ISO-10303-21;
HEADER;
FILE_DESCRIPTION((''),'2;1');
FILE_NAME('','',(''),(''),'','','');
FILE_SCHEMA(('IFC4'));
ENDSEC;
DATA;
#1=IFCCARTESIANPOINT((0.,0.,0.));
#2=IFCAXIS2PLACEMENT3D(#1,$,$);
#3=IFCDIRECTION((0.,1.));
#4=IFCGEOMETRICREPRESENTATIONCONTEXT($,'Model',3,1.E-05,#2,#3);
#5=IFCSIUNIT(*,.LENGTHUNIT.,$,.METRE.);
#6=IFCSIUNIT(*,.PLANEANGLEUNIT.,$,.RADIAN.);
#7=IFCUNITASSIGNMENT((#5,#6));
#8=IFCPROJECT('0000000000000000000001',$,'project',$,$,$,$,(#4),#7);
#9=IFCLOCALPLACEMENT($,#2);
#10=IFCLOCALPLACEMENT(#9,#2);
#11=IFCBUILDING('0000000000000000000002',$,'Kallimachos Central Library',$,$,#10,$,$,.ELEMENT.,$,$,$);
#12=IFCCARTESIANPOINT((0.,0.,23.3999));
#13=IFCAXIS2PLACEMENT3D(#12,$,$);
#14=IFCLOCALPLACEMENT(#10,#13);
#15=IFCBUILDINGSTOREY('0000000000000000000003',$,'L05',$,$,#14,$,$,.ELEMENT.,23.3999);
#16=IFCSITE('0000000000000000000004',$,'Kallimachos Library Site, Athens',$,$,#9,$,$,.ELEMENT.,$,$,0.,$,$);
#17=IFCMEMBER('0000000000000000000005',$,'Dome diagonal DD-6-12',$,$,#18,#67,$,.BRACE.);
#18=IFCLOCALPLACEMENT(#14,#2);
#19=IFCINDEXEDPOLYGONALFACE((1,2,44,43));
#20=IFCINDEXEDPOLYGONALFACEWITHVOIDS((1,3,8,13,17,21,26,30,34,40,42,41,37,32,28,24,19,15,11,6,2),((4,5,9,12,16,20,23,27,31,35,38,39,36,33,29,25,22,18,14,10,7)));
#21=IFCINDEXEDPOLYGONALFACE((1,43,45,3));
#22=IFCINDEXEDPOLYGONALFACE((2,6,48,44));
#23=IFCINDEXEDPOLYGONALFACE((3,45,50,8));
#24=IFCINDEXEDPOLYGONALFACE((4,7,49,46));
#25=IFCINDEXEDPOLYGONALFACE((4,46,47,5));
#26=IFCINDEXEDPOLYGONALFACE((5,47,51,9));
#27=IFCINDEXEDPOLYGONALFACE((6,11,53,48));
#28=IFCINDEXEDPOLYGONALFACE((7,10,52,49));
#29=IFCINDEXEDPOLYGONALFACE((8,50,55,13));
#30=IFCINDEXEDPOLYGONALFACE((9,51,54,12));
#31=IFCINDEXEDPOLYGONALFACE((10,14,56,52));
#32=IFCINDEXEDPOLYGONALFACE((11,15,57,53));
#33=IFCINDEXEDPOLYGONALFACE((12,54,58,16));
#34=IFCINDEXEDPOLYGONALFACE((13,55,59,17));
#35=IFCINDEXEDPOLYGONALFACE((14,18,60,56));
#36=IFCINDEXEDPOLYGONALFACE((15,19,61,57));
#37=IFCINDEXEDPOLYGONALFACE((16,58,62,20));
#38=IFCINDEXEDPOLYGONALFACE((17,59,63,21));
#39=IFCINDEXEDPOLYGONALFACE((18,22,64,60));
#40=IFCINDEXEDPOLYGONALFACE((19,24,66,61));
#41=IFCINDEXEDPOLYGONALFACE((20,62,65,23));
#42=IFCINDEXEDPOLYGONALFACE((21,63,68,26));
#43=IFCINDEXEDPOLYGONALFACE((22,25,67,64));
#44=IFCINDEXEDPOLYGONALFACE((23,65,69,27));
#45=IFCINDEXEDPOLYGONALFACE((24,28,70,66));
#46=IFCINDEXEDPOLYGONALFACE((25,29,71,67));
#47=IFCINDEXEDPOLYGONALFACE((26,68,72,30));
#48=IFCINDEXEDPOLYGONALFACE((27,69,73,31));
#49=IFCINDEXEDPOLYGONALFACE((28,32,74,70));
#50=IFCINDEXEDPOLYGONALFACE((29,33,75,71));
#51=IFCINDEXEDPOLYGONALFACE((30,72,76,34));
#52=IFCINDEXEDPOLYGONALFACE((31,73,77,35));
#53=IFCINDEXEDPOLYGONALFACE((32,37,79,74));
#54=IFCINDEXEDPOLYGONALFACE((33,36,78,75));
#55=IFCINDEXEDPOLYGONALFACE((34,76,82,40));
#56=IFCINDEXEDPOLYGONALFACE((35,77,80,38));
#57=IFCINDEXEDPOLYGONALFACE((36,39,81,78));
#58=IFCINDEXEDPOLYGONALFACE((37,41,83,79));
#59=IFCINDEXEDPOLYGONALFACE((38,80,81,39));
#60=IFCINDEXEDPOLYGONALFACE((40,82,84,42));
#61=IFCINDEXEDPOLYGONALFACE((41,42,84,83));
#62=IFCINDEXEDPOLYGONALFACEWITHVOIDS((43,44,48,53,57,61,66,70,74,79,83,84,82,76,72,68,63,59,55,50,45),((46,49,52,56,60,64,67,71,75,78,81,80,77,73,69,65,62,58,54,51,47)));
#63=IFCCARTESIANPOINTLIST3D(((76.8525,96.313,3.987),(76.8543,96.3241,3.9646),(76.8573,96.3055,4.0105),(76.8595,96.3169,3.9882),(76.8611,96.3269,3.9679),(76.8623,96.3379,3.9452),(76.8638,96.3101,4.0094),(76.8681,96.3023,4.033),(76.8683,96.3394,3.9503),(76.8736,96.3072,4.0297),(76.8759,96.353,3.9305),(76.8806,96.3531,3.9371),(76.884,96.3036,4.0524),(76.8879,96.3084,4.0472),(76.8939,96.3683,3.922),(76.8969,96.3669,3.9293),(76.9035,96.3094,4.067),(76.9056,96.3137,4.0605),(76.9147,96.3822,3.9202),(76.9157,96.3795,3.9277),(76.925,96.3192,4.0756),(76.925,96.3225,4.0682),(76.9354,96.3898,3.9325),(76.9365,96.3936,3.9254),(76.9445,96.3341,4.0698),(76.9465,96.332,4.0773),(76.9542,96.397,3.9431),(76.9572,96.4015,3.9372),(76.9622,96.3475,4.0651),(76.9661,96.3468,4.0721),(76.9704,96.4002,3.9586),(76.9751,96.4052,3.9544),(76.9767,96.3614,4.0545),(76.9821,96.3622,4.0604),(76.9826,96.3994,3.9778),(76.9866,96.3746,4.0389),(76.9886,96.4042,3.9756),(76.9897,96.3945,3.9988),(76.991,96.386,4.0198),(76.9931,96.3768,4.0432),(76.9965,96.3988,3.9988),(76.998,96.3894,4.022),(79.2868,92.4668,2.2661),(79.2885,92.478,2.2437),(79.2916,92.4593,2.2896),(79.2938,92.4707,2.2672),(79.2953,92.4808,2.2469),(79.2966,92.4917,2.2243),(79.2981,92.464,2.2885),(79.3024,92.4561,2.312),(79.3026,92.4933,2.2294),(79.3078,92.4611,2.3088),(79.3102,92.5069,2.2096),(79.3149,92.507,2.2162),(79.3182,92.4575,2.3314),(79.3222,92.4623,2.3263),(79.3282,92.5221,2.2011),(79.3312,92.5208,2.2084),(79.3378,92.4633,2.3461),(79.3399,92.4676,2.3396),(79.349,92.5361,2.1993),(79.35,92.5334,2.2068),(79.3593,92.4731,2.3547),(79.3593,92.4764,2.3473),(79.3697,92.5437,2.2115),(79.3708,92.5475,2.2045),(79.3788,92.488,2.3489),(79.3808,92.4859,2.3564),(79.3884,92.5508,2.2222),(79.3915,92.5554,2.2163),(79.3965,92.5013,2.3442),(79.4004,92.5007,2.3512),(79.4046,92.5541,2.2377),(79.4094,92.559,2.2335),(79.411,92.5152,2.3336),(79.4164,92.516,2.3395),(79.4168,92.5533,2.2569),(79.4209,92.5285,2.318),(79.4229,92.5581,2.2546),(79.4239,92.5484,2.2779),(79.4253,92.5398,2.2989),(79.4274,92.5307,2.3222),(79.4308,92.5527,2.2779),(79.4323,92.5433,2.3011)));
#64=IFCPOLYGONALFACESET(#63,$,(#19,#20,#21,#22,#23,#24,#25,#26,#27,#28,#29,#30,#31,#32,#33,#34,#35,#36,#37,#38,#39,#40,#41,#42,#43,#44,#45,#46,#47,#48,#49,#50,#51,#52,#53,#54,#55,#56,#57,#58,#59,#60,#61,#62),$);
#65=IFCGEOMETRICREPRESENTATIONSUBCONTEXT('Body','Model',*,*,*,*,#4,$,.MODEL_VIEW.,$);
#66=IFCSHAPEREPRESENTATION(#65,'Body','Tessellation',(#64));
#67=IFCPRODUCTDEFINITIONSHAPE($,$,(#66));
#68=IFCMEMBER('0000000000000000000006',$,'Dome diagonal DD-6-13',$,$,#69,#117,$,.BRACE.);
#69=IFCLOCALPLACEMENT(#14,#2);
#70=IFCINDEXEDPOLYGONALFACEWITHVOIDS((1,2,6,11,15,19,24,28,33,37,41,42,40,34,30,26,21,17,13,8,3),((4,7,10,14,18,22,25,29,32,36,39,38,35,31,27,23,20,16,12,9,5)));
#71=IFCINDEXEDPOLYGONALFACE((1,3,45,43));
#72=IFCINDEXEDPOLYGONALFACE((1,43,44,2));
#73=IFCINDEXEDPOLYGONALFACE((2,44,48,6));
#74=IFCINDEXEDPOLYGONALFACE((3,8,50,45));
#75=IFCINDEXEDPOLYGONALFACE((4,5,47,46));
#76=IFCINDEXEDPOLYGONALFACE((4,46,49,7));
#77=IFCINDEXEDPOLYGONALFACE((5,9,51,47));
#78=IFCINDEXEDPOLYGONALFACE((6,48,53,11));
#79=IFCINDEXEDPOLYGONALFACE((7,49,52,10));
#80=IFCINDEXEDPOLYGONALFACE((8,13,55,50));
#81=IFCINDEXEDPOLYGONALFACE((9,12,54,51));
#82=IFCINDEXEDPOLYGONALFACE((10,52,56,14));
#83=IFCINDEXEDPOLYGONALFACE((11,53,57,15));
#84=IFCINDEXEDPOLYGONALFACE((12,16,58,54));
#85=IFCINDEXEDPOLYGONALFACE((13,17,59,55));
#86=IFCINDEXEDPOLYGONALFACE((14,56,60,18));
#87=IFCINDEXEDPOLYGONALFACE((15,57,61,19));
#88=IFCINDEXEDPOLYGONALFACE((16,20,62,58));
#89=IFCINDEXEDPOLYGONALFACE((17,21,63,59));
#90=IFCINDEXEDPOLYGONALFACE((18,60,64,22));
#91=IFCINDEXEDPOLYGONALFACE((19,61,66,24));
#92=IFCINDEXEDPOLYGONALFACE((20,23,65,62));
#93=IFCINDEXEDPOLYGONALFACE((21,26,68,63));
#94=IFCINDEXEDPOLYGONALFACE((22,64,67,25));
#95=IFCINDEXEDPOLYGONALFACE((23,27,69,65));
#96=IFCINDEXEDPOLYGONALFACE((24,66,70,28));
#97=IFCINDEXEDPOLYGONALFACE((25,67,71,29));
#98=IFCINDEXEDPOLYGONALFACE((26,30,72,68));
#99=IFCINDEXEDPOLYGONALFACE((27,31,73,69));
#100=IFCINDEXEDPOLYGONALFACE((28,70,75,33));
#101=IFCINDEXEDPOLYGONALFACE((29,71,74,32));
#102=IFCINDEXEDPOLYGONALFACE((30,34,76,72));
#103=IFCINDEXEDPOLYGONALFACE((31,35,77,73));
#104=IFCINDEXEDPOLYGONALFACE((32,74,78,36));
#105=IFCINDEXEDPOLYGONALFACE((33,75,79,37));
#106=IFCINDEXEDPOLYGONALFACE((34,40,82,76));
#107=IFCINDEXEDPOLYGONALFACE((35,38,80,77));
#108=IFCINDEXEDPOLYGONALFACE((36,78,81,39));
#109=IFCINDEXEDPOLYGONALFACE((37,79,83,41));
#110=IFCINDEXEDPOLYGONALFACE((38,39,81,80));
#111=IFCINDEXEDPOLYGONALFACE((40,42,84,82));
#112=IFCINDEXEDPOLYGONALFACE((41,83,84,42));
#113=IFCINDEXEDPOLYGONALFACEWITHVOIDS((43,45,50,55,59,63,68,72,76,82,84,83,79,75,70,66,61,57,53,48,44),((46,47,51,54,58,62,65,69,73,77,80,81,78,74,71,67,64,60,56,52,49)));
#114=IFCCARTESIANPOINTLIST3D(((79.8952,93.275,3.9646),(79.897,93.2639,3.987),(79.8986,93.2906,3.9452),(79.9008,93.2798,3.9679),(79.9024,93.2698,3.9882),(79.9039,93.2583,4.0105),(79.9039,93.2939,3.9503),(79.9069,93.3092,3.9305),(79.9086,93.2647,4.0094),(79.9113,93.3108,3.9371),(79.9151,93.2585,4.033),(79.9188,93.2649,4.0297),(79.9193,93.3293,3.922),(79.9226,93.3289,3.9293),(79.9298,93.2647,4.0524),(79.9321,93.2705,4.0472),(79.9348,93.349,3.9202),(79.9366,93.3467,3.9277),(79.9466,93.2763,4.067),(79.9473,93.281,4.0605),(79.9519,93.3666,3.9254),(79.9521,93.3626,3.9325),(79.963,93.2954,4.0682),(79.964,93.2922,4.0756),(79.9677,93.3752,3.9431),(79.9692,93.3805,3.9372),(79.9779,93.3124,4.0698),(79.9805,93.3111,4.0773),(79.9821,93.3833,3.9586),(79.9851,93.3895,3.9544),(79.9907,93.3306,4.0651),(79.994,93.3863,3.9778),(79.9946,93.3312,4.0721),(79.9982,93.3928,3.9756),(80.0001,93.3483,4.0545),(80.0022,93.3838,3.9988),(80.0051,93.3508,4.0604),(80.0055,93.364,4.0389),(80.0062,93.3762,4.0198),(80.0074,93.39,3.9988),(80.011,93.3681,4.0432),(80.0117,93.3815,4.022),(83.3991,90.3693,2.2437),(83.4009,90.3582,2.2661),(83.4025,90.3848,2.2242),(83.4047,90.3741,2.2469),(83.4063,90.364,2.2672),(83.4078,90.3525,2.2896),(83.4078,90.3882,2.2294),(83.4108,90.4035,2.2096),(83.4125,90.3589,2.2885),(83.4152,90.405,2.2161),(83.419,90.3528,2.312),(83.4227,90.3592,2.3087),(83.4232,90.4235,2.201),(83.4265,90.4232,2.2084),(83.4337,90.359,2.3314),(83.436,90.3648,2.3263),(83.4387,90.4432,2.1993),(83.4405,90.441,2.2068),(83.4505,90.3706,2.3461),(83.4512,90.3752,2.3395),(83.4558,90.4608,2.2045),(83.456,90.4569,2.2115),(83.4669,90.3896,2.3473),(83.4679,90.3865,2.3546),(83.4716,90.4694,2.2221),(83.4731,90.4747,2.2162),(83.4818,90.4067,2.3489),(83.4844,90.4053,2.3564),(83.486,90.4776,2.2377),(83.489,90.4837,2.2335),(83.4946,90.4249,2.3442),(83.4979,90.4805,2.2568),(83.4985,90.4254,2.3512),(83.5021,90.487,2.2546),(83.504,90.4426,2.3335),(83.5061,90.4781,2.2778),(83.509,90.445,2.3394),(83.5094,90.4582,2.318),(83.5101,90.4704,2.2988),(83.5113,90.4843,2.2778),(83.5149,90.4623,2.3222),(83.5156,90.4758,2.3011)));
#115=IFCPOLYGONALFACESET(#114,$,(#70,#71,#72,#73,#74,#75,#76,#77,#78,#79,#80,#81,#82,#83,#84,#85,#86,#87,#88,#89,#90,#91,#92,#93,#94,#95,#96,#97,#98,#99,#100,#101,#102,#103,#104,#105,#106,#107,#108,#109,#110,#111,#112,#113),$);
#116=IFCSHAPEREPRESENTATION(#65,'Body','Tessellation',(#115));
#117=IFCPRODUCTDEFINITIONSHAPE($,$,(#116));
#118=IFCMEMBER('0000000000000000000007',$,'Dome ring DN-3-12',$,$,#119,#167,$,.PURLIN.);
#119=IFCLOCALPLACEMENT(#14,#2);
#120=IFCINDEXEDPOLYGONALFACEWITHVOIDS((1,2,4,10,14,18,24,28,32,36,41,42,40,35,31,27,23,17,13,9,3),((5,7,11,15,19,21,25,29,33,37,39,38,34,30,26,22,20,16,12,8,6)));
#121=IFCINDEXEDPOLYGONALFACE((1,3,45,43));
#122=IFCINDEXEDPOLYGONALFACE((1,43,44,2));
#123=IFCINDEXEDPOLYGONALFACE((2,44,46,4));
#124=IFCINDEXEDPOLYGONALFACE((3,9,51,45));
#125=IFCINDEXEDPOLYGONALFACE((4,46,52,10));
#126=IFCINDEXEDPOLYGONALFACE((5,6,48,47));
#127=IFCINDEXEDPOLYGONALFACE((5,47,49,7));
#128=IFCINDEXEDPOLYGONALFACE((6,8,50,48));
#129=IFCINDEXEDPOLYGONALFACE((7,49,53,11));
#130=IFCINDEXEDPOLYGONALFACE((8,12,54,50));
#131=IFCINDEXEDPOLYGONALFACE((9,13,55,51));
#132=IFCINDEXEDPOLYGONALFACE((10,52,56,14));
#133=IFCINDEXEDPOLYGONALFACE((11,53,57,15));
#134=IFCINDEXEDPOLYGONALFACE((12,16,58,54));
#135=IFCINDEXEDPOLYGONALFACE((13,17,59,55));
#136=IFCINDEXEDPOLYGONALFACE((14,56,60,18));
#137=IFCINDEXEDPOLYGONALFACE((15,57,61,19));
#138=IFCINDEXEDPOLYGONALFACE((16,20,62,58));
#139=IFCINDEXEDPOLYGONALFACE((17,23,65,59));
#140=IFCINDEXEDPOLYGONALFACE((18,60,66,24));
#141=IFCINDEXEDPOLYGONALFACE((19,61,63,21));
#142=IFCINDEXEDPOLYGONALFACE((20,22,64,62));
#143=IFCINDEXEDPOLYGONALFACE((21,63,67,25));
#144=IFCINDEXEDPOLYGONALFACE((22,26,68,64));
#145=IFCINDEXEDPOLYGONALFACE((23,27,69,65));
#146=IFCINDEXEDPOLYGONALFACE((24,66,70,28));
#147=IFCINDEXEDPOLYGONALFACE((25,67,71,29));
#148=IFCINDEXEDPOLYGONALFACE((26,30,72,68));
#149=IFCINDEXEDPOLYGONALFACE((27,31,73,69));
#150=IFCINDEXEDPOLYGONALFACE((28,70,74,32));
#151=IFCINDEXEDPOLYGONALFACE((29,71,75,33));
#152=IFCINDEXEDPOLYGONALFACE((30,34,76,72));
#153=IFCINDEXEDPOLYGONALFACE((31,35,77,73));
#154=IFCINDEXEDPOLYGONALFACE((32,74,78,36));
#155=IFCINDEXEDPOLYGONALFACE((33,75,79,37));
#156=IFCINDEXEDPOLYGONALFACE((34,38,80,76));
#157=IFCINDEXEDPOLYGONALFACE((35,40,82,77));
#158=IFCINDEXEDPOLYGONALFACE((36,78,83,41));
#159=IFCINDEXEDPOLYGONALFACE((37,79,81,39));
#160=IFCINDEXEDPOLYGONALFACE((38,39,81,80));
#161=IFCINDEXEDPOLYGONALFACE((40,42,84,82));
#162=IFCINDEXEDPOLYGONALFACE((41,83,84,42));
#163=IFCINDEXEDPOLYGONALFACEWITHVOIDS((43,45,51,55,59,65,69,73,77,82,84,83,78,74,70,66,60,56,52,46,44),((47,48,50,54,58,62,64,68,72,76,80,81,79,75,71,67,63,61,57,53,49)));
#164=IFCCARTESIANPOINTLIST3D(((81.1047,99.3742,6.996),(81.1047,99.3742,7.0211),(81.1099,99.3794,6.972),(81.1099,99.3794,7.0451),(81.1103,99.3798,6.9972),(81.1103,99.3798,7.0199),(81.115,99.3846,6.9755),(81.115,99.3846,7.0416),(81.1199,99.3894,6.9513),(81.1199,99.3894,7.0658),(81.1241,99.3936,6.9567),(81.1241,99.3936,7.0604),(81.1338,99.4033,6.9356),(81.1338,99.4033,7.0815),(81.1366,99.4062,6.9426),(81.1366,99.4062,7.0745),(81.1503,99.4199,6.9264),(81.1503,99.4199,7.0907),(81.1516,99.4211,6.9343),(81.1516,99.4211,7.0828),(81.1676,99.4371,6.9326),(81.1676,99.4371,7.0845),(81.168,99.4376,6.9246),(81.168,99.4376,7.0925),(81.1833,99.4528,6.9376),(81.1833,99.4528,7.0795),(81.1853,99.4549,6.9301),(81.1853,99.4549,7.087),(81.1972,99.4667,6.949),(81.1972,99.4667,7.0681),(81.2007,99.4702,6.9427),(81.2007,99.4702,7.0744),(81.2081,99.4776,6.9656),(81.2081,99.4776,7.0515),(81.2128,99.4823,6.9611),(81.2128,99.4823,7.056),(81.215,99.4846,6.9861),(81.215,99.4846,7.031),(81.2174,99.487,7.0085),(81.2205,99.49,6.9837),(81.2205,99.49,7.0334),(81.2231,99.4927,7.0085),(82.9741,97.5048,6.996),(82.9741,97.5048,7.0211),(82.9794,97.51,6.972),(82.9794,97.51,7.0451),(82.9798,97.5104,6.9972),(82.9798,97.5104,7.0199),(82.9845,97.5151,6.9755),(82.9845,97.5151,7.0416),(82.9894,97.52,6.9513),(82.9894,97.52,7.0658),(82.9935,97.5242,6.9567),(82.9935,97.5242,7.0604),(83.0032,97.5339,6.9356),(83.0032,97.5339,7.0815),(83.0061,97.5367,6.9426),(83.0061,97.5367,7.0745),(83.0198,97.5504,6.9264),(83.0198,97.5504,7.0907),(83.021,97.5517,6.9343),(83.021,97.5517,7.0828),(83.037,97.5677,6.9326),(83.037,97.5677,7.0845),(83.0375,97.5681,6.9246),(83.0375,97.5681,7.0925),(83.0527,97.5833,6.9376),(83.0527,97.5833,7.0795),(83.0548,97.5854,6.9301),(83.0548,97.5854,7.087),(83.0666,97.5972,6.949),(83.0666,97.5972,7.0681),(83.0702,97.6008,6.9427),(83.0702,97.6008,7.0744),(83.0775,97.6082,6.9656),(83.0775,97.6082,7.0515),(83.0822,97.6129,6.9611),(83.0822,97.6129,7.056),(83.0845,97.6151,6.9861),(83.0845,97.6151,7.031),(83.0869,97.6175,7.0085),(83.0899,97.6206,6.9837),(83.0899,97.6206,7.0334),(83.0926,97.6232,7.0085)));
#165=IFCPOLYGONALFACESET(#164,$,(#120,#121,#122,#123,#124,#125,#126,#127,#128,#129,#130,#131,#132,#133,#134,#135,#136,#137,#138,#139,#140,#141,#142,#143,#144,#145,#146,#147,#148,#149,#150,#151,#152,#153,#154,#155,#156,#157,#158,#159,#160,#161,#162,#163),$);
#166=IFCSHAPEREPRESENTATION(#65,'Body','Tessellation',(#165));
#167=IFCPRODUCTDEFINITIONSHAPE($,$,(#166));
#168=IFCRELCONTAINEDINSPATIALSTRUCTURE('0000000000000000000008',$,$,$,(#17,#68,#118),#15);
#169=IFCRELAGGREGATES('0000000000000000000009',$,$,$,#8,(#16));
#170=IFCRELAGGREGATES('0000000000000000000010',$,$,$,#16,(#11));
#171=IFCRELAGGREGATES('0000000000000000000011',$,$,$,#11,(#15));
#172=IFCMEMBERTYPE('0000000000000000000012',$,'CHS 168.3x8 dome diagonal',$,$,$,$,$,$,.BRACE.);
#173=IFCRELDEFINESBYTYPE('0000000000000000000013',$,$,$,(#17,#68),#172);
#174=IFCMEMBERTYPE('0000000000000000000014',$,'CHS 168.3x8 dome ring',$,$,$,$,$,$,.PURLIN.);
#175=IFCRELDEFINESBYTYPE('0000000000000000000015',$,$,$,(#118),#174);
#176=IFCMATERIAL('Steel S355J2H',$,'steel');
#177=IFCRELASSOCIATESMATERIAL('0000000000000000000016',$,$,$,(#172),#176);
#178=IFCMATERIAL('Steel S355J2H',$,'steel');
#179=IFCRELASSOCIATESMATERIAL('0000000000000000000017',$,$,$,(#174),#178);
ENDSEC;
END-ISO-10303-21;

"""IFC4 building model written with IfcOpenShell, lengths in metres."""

from ifc_helpers import new_model, si_unit, direction, frame, origin, origin_2d, place, context, subcontext, project, spatial, hollow_circle, extrude, material, material_profile, profile_set, type_object, element, save


model = new_model("IFC4")

# Units and contexts
model_context = context("Model", 3, precision=1e-05, world=origin(), true_north=direction((0.0, 1.0)))
body_context = subcontext(model_context, "Body", "Model", "MODEL_VIEW")
ifc_project = project(units=[si_unit("LENGTHUNIT", "METRE"), si_unit("PLANEANGLEUNIT", "RADIAN")], contexts=[model_context])

# Site, building, storey
site_placement = place(None, origin())
site = spatial("IfcSite", under=ifc_project, at=site_placement, Name="Kallimachos Library Site, Athens", CompositionType="ELEMENT", RefElevation=0.0)
building_placement = place(site_placement, origin())
building = spatial("IfcBuilding", under=site, at=building_placement, Name="Kallimachos Central Library", CompositionType="ELEMENT")
storey_placement = place(building_placement, frame((0.0, 0.0, 23.3999)))
storey = spatial("IfcBuildingStorey", under=building, at=storey_placement, Name="L05", CompositionType="ELEMENT", Elevation=23.3999)

# Members
ifc_material_1 = material(Name="Steel S355J2H", Category="steel")
ifc_material_profile_1 = material_profile(ifc_material_1, hollow_circle(Radius=0.0842, WallThickness=0.0081, at=origin_2d()), Name="CHS 168.3x8")
ifc_profile_set_1 = profile_set([ifc_material_profile_1], Name="Steel S355J2H")
member_type_1 = type_object("IfcMemberType", Name="CHS 168.3x8 dome diagonal", PredefinedType="BRACE", material=ifc_profile_set_1)
member_1_placement = place(storey_placement, frame((76.9253, 96.3538, 3.9988), z_axis=(0.500243, -0.790374, -0.353647), x_axis=(0.844977, 0.534802, 0.0)))
element("IfcMember", 1, at=member_1_placement, inside=storey, type_object=member_type_1, Name="Dome diagonal DD-6-12", PredefinedType="BRACE", context=body_context, shape_type="SweptSolid", body=[
    extrude(hollow_circle(Radius=0.0842, WallThickness=0.0081, at=origin_2d()), origin(), (0.0, 0.0, 1.0), 4.8662),
])
member_2_placement = place(storey_placement, frame((79.9536, 93.3252, 3.9988), z_axis=(0.720011, -0.597099, -0.353634), x_axis=(0.638347, 0.769749, 0.0)))
element("IfcMember", 2, at=member_2_placement, inside=storey, type_object=member_type_1, Name="Dome diagonal DD-6-13", PredefinedType="BRACE", context=body_context, shape_type="SweptSolid", body=[
    extrude(hollow_circle(Radius=0.0842, WallThickness=0.0081, at=origin_2d()), origin(), (0.0, 0.0, 1.0), 4.8665),
])
ifc_material_2 = material(Name="Steel S355J2H", Category="steel")
ifc_material_profile_2 = material_profile(ifc_material_2, hollow_circle(Radius=0.0842, WallThickness=0.0081, at=origin_2d()), Name="CHS 168.3x8")
ifc_profile_set_2 = profile_set([ifc_material_profile_2], Name="Steel S355J2H")
member_type_2 = type_object("IfcMemberType", Name="CHS 168.3x8 dome ring", PredefinedType="PURLIN", material=ifc_profile_set_2)
member_3_placement = place(storey_placement, frame((81.1636, 99.4331, 7.0085), z_axis=(0.707107, -0.707107, 0.0), x_axis=(0.707107, 0.707107, 0.0)))
element("IfcMember", 3, at=member_3_placement, inside=storey, type_object=member_type_2, Name="Dome ring DN-3-12", PredefinedType="PURLIN", context=body_context, shape_type="SweptSolid", body=[
    extrude(hollow_circle(Radius=0.0842, WallThickness=0.0081, at=origin_2d()), origin(), (0.0, 0.0, 1.0), 2.6438),
])

save(model, "model.ifc")
